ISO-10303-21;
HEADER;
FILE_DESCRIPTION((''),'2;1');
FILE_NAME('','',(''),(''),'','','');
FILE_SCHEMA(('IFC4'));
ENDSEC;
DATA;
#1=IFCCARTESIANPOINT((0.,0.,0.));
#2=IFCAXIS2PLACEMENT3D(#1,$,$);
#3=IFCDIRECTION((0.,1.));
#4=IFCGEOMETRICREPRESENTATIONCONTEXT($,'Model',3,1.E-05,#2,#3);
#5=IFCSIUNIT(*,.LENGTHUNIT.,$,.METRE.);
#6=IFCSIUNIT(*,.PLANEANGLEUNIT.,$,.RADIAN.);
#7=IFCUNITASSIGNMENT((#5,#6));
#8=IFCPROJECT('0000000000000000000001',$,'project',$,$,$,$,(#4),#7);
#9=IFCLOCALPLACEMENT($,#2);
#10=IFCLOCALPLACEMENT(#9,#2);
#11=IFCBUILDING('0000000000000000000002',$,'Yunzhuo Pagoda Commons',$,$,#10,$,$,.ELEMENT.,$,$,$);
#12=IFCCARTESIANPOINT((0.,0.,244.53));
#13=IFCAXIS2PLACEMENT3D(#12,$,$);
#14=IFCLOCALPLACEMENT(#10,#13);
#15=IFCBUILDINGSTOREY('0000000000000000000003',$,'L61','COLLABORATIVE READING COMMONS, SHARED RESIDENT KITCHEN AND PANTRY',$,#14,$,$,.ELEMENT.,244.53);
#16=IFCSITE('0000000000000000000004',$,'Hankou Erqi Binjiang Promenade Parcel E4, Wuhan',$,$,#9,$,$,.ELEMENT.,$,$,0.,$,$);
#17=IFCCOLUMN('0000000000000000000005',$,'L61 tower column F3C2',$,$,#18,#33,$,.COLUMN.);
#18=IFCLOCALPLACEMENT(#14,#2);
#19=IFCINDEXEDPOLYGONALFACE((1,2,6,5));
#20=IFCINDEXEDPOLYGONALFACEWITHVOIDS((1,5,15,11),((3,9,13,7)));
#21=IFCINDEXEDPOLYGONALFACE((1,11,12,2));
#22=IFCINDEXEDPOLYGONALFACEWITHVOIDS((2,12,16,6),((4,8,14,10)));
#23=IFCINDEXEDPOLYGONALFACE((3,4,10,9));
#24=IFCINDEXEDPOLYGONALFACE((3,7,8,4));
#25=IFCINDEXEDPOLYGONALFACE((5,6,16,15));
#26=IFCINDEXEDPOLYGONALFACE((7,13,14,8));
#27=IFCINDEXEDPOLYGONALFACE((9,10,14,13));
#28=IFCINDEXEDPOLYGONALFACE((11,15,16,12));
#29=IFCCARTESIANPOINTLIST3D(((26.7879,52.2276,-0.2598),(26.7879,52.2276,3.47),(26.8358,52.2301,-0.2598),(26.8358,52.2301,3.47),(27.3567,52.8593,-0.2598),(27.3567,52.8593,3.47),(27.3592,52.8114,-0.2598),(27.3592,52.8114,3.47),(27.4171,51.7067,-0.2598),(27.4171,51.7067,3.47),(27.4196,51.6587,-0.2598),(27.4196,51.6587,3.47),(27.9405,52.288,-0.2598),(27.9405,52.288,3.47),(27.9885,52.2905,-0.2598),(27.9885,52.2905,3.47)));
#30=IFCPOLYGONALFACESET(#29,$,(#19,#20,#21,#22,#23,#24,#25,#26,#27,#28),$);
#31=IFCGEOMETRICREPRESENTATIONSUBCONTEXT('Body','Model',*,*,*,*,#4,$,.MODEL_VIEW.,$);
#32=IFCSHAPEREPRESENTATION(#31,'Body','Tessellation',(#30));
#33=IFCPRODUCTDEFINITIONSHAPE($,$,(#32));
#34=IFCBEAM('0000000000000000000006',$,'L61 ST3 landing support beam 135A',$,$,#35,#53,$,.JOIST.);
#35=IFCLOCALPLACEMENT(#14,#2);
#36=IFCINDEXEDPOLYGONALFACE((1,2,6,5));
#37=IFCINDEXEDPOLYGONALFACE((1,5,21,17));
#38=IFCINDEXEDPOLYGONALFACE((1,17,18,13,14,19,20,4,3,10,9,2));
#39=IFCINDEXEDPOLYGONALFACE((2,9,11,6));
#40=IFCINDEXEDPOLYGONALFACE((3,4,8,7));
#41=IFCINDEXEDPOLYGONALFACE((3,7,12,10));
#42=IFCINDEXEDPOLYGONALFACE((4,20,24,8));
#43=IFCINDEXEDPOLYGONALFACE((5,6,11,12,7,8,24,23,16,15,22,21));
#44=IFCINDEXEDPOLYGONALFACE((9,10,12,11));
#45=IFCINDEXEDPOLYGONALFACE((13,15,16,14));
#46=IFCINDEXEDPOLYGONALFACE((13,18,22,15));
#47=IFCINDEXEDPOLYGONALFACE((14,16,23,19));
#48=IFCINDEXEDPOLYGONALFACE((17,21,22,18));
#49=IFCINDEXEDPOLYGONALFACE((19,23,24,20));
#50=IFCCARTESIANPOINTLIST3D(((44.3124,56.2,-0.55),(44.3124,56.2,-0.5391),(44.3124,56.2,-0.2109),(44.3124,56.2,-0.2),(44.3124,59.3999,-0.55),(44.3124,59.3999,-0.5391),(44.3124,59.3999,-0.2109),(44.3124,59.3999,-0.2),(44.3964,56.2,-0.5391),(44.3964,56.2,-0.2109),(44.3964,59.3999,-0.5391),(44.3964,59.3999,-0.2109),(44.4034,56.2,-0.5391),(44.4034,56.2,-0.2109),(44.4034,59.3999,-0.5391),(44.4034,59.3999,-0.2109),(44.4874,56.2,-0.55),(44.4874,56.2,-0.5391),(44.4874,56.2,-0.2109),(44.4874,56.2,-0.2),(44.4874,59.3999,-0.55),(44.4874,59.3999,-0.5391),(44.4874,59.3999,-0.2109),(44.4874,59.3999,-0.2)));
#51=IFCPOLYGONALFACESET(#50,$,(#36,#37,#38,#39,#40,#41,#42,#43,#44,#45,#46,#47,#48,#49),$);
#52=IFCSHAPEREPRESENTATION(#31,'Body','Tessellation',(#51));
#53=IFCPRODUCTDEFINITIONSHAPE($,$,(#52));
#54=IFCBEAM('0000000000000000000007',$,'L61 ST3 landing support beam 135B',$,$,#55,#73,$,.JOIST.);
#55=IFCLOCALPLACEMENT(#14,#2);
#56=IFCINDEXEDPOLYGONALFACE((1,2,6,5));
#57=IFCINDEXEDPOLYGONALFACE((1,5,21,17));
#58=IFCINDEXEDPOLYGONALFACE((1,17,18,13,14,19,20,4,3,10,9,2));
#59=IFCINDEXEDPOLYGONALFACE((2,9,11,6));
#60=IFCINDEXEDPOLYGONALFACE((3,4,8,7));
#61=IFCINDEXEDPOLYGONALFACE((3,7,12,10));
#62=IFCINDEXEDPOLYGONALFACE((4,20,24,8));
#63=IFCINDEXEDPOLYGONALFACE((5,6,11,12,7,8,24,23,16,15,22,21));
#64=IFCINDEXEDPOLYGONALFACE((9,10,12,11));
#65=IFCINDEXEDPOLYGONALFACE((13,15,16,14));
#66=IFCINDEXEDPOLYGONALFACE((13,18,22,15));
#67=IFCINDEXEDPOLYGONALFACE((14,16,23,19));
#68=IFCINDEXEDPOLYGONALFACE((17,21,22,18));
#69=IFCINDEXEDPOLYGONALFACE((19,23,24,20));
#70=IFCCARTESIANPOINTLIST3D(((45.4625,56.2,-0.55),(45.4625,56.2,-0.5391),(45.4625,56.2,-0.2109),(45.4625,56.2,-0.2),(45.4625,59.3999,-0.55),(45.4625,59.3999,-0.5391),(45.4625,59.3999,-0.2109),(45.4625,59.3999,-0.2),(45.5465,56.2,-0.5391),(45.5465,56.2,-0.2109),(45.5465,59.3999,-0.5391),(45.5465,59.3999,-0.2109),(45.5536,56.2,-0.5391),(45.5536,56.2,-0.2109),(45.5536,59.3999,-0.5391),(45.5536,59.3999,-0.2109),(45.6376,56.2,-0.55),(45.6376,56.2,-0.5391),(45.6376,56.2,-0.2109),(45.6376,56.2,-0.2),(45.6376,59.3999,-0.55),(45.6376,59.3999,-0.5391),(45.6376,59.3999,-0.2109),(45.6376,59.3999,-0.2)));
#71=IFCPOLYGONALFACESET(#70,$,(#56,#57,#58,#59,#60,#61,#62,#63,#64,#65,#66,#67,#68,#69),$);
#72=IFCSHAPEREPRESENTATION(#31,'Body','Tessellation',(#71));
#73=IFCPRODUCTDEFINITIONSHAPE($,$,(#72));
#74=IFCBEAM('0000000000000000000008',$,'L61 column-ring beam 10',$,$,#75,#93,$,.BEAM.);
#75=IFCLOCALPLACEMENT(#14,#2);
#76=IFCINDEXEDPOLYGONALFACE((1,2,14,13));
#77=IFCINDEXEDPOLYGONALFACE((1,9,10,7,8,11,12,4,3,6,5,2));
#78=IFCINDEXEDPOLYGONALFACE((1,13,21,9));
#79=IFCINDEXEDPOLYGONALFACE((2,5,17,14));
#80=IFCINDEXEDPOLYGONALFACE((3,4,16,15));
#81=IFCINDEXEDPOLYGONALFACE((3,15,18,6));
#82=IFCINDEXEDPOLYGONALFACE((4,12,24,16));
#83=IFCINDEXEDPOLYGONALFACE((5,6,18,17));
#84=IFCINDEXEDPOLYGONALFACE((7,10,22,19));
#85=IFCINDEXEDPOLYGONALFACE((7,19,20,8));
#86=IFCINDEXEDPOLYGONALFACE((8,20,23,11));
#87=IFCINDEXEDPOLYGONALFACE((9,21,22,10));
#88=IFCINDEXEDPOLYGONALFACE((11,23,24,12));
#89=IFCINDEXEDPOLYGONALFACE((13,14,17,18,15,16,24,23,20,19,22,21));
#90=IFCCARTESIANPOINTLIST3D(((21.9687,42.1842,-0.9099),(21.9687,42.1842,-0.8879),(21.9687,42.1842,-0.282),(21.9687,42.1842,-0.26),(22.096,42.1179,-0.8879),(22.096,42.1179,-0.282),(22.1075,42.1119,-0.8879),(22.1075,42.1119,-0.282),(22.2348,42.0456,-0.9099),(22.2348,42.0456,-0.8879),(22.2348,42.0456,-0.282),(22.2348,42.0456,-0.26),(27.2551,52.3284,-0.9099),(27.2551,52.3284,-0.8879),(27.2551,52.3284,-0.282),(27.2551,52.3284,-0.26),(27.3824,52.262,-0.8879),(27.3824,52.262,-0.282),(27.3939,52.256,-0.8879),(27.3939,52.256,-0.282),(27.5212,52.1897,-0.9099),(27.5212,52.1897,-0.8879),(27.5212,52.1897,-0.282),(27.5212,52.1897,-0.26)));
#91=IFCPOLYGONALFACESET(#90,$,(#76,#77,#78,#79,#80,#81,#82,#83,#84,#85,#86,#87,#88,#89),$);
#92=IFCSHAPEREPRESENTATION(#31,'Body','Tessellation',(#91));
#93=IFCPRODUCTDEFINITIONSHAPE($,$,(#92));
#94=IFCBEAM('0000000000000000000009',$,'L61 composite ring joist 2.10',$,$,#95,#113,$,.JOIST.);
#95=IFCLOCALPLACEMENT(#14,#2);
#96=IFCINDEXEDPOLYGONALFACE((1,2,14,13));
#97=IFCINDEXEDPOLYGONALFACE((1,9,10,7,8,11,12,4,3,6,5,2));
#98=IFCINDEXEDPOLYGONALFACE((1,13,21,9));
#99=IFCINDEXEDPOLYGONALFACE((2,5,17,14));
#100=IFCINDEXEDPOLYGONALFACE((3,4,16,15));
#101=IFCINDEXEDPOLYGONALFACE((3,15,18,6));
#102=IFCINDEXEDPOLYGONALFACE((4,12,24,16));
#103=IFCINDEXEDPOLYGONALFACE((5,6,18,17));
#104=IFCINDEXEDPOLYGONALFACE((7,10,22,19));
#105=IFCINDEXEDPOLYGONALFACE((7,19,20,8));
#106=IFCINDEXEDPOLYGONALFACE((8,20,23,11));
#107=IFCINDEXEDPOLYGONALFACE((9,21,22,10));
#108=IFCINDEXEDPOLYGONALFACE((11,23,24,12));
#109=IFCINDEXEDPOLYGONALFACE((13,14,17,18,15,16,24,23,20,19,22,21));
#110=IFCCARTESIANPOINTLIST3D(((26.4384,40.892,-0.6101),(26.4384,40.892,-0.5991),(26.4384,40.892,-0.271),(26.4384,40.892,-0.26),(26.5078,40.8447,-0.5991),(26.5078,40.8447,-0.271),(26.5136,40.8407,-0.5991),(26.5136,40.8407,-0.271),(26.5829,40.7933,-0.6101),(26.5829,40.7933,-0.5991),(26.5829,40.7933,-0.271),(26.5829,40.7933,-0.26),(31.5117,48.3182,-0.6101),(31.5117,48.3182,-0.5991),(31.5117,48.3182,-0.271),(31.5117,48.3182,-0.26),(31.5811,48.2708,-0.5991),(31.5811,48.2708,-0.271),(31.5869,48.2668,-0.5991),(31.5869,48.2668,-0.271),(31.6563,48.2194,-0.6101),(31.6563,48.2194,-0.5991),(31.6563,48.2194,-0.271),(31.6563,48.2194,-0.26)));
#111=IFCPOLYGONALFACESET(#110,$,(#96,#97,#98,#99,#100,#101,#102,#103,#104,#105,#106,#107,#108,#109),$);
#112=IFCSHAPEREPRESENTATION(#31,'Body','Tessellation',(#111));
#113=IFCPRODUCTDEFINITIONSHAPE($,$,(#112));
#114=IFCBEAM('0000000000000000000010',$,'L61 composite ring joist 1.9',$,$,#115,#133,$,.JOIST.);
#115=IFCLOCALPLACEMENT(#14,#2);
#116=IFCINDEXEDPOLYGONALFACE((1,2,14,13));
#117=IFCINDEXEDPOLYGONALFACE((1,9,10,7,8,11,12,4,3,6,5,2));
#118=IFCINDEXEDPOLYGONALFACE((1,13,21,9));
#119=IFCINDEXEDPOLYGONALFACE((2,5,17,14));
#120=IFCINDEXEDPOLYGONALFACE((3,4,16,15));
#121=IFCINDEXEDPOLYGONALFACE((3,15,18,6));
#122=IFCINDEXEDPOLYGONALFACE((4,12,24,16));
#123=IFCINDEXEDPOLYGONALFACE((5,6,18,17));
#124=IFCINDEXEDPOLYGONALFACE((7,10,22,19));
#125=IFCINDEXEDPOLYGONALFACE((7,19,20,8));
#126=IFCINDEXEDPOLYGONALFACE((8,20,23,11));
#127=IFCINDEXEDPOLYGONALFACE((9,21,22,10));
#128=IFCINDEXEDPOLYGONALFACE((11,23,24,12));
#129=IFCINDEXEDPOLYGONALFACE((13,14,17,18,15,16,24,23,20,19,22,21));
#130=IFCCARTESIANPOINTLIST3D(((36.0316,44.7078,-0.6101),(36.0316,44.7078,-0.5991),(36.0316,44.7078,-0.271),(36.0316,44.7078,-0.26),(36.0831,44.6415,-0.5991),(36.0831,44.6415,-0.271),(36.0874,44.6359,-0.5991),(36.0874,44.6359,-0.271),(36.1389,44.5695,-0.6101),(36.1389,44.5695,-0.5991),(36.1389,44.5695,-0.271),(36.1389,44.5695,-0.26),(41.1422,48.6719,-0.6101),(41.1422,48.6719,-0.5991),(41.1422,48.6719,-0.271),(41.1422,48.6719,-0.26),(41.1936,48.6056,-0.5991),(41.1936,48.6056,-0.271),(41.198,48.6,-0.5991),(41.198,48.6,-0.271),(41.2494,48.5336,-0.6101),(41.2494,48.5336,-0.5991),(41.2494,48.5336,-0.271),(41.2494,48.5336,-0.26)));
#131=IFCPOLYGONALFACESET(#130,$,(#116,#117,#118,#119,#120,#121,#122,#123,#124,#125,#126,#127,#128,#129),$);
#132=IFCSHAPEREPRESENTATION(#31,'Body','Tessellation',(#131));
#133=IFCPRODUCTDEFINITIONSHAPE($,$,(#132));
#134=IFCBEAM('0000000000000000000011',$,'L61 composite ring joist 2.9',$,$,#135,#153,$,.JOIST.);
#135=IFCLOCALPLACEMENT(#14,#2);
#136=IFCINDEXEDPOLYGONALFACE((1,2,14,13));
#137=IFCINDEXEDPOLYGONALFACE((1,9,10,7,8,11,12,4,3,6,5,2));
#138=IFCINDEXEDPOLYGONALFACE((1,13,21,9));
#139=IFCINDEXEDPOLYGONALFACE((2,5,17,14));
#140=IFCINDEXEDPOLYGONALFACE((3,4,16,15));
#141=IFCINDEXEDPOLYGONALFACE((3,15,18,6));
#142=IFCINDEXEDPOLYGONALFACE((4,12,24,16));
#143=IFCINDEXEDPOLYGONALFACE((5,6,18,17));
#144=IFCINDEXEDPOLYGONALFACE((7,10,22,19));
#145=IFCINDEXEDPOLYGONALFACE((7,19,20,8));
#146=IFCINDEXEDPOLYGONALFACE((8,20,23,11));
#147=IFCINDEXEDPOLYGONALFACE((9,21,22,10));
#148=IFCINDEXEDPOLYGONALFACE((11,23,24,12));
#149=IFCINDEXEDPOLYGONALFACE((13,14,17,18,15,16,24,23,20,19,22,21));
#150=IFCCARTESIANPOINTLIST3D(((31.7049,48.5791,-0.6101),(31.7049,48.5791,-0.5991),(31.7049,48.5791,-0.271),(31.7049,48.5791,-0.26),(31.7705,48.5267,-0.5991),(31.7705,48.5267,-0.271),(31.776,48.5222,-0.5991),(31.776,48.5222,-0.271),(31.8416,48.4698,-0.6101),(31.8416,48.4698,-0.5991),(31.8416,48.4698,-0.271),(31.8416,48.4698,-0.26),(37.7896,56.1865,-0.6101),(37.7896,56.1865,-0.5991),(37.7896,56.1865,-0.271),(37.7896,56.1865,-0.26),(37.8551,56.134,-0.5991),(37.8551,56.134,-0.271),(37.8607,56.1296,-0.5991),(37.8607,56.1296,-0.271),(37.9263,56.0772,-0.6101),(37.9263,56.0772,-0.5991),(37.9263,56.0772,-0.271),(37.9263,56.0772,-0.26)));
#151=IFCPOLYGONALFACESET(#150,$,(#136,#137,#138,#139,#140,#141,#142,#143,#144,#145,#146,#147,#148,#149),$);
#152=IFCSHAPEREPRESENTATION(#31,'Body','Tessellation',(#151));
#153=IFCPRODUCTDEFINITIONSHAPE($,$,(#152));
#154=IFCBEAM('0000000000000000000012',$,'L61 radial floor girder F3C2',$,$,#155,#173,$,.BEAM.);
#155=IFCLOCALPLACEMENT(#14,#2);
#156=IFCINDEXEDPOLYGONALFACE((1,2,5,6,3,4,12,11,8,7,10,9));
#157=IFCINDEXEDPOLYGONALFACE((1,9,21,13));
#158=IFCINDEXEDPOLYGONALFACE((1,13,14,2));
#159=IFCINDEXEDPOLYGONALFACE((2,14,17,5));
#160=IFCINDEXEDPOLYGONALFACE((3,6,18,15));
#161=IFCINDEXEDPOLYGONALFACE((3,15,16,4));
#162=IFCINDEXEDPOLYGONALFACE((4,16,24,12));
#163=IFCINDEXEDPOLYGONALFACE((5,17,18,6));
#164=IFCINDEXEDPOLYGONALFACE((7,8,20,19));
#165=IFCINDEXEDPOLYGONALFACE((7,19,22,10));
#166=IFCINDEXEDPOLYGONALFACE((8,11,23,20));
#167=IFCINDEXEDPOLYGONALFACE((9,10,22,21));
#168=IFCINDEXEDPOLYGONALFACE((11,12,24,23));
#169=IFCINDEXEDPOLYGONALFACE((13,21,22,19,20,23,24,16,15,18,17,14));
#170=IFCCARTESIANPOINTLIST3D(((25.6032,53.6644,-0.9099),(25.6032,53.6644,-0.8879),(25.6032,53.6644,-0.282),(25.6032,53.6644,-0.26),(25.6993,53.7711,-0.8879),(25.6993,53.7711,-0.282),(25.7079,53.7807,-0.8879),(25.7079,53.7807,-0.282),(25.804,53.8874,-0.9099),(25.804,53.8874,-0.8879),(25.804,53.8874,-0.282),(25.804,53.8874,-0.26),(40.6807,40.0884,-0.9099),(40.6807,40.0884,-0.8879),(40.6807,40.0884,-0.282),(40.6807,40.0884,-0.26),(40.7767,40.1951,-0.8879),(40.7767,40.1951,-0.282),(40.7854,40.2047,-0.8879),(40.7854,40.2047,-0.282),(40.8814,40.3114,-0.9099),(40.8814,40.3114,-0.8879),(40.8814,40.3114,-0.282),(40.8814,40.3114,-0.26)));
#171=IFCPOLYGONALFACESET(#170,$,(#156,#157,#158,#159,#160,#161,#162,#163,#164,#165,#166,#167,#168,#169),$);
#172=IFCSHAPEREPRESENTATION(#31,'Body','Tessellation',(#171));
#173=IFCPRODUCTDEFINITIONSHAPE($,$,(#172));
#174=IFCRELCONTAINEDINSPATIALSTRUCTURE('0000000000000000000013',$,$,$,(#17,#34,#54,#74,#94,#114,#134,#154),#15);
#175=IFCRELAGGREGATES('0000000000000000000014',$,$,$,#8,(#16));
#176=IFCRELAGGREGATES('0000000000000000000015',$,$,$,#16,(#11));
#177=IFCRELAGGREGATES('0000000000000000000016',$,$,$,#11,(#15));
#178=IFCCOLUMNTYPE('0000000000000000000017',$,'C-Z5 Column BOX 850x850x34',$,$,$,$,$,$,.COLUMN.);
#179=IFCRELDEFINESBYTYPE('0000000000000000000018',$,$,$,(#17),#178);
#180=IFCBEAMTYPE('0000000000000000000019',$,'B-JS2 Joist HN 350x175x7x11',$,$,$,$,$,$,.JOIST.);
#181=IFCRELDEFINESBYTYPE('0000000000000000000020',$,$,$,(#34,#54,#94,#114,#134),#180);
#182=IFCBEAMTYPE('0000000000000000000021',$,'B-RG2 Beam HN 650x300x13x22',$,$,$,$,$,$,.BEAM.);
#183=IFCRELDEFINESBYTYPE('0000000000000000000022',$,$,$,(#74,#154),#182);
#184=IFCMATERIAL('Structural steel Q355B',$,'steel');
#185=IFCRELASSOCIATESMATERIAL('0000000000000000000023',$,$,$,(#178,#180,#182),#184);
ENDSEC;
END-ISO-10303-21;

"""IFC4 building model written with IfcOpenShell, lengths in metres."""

from ifc_helpers import new_model, si_unit, direction, frame, origin, origin_2d, place, context, subcontext, project, spatial, hollow_rectangle, i_section, extrude, source, transform, mapped, material, material_profile, profile_set, type_object, element, save


model = new_model("IFC4")

# Units and contexts
model_context = context("Model", 3, precision=1e-05, world=origin(), true_north=direction((0.0, 1.0)))
body_context = subcontext(model_context, "Body", "Model", "MODEL_VIEW")
ifc_project = project(units=[si_unit("LENGTHUNIT", "METRE"), si_unit("PLANEANGLEUNIT", "RADIAN")], contexts=[model_context])

# Site, building, storey
site_placement = place(None, origin())
site = spatial("IfcSite", under=ifc_project, at=site_placement, Name="Hankou Erqi Binjiang Promenade Parcel E4, Wuhan", CompositionType="ELEMENT", RefElevation=0.0)
building_placement = place(site_placement, origin())
building = spatial("IfcBuilding", under=site, at=building_placement, Name="Yunzhuo Pagoda Commons", CompositionType="ELEMENT")
storey_placement = place(building_placement, frame((0.0, 0.0, 244.53)))
storey = spatial("IfcBuildingStorey", under=building, at=storey_placement, Name="L61", Description="COLLABORATIVE READING COMMONS, SHARED RESIDENT KITCHEN AND PANTRY", CompositionType="ELEMENT", Elevation=244.53)

# Column
ifc_material_1 = material(Name="Structural steel Q355B", Category="steel")
ifc_material_profile_1 = material_profile(ifc_material_1, hollow_rectangle(XDim=0.8501, YDim=0.8501, WallThickness=0.0339, at=origin_2d()), Name="Structural steel Q355B")
ifc_profile_set_1 = profile_set([ifc_material_profile_1], Name="Structural steel Q355B")
column_type = type_object("IfcColumnType", Name="C-Z5 Column BOX 850x850x34", PredefinedType="COLUMN", material=ifc_profile_set_1)
shared_shape_1 = source(origin(), body_context, "Body", "SweptSolid", [
    extrude(hollow_rectangle(XDim=0.8501, YDim=0.8501, WallThickness=0.0339, at=origin_2d()), origin(), (0.0, 0.0, 1.0), 3.7297),
])
column_placement = place(storey_placement, frame((27.3882, 52.259, -0.2598), z_axis=(0.0, 0.0, 1.0), x_axis=(-0.669131, -0.743145, 0.0)))
element("IfcColumn", 1, at=column_placement, inside=storey, type_object=column_type, Name="L61 tower column F3C2", PredefinedType="COLUMN", context=body_context, shape_type="MappedRepresentation", body=[
    mapped(shared_shape_1, transform((0.0, 0.0, 0.0), scale=1.0)),
])

# Beams
ifc_material_profile_2 = material_profile(ifc_material_1, i_section(OverallWidth=0.175, OverallDepth=0.3501, WebThickness=0.0071, FlangeThickness=0.011, at=origin_2d()), Name="Structural steel Q355B")
ifc_profile_set_2 = profile_set([ifc_material_profile_2], Name="Structural steel Q355B")
beam_type_1 = type_object("IfcBeamType", Name="B-JS2 Joist HN 350x175x7x11", PredefinedType="JOIST", material=ifc_profile_set_2)
shared_shape_2 = source(origin(), body_context, "Body", "SweptSolid", [
    extrude(i_section(OverallWidth=0.175, OverallDepth=0.3501, WebThickness=0.0071, FlangeThickness=0.011, at=origin_2d()), origin(), (0.0, 0.0, 1.0), 3.2),
])
for number, where, z_axis, x_axis, name in (
    (2, (44.3999, 56.2, -0.375), (0.0, 1.0, 0.0), (-1.0, 0.0, 0.0), "L61 ST3 landing support beam 135A"),
    (3, (45.55, 56.2, -0.375), (0.0, 1.0, 0.0), (-1.0, 0.0, 0.0), "L61 ST3 landing support beam 135B"),
):
    element("IfcBeam", number, at=place(storey_placement, frame(where, z_axis=z_axis, x_axis=x_axis)), inside=storey, type_object=beam_type_1, Name=name, PredefinedType="JOIST", context=body_context, shape_type="MappedRepresentation", body=[
        mapped(shared_shape_2, transform((0.0, 0.0, 0.0), scale=1.0)),
    ])
ifc_material_profile_3 = material_profile(ifc_material_1, i_section(OverallWidth=0.3, OverallDepth=0.6499, WebThickness=0.0129, FlangeThickness=0.022, at=origin_2d()), Name="Structural steel Q355B")
ifc_profile_set_3 = profile_set([ifc_material_profile_3], Name="Structural steel Q355B")
beam_type_2 = type_object("IfcBeamType", Name="B-RG2 Beam HN 650x300x13x22", PredefinedType="BEAM", material=ifc_profile_set_3)
shared_shape_3 = source(origin(), body_context, "Body", "SweptSolid", [
    extrude(i_section(OverallWidth=0.3, OverallDepth=0.6499, WebThickness=0.0129, FlangeThickness=0.022, at=origin_2d()), origin(), (0.0, 0.0, 1.0), 11.439),
])
beam_1_placement = place(storey_placement, frame((27.3882, 52.259, -0.585), z_axis=(-0.462142, -0.886806, 0.0), x_axis=(0.886806, -0.462142, 0.0)))
element("IfcBeam", 4, at=beam_1_placement, inside=storey, type_object=beam_type_2, Name="L61 column-ring beam 10", PredefinedType="BEAM", context=body_context, shape_type="MappedRepresentation", body=[
    mapped(shared_shape_3, transform((0.0, 0.0, 0.0), scale=1.0)),
])
shared_shape_4 = source(origin(), body_context, "Body", "SweptSolid", [
    extrude(i_section(OverallWidth=0.175, OverallDepth=0.3501, WebThickness=0.0071, FlangeThickness=0.011, at=origin_2d()), origin(), (0.0, 0.0, 1.0), 8.9937),
])
beam_2_placement = place(storey_placement, frame((31.584, 48.2688, -0.4351), z_axis=(-0.564099, -0.825707, 0.0), x_axis=(0.825707, -0.564099, 0.0)))
element("IfcBeam", 5, at=beam_2_placement, inside=storey, type_object=beam_type_1, Name="L61 composite ring joist 2.10", PredefinedType="JOIST", context=body_context, shape_type="MappedRepresentation", body=[
    mapped(shared_shape_4, transform((0.0, 0.0, 0.0), scale=1.0)),
])
shared_shape_5 = source(origin(), body_context, "Body", "SweptSolid", [
    extrude(i_section(OverallWidth=0.175, OverallDepth=0.3501, WebThickness=0.0071, FlangeThickness=0.011, at=origin_2d()), origin(), (0.0, 0.0, 1.0), 6.4678),
])
beam_3_placement = place(storey_placement, frame((41.1958, 48.6028, -0.4351), z_axis=(-0.79016, -0.6129, 0.0), x_axis=(0.6129, -0.79016, 0.0)))
element("IfcBeam", 6, at=beam_3_placement, inside=storey, type_object=beam_type_1, Name="L61 composite ring joist 1.9", PredefinedType="JOIST", context=body_context, shape_type="MappedRepresentation", body=[
    mapped(shared_shape_5, transform((0.0, 0.0, 0.0), scale=1.0)),
])
shared_shape_6 = source(origin(), body_context, "Body", "SweptSolid", [
    extrude(i_section(OverallWidth=0.175, OverallDepth=0.3501, WebThickness=0.0071, FlangeThickness=0.011, at=origin_2d()), origin(), (0.0, 0.0, 1.0), 9.7415),
])
beam_4_placement = place(storey_placement, frame((37.8579, 56.1318, -0.4351), z_axis=(-0.624619, -0.78093, 0.0), x_axis=(0.78093, -0.624619, 0.0)))
element("IfcBeam", 7, at=beam_4_placement, inside=storey, type_object=beam_type_1, Name="L61 composite ring joist 2.9", PredefinedType="JOIST", context=body_context, shape_type="MappedRepresentation", body=[
    mapped(shared_shape_6, transform((0.0, 0.0, 0.0), scale=1.0)),
])
shared_shape_7 = source(origin(), body_context, "Body", "SweptSolid", [
    extrude(i_section(OverallWidth=0.3, OverallDepth=0.6499, WebThickness=0.0129, FlangeThickness=0.022, at=origin_2d()), origin(), (0.0, 0.0, 1.0), 20.2888),
])
beam_5_placement = place(storey_placement, frame((25.7036, 53.7759, -0.585), z_axis=(0.74314, -0.669136, 0.0), x_axis=(0.669136, 0.74314, 0.0)))
element("IfcBeam", 8, at=beam_5_placement, inside=storey, type_object=beam_type_2, Name="L61 radial floor girder F3C2", PredefinedType="BEAM", context=body_context, shape_type="MappedRepresentation", body=[
    mapped(shared_shape_7, transform((0.0, 0.0, 0.0), scale=1.0)),
])

save(model, "model.ifc")
